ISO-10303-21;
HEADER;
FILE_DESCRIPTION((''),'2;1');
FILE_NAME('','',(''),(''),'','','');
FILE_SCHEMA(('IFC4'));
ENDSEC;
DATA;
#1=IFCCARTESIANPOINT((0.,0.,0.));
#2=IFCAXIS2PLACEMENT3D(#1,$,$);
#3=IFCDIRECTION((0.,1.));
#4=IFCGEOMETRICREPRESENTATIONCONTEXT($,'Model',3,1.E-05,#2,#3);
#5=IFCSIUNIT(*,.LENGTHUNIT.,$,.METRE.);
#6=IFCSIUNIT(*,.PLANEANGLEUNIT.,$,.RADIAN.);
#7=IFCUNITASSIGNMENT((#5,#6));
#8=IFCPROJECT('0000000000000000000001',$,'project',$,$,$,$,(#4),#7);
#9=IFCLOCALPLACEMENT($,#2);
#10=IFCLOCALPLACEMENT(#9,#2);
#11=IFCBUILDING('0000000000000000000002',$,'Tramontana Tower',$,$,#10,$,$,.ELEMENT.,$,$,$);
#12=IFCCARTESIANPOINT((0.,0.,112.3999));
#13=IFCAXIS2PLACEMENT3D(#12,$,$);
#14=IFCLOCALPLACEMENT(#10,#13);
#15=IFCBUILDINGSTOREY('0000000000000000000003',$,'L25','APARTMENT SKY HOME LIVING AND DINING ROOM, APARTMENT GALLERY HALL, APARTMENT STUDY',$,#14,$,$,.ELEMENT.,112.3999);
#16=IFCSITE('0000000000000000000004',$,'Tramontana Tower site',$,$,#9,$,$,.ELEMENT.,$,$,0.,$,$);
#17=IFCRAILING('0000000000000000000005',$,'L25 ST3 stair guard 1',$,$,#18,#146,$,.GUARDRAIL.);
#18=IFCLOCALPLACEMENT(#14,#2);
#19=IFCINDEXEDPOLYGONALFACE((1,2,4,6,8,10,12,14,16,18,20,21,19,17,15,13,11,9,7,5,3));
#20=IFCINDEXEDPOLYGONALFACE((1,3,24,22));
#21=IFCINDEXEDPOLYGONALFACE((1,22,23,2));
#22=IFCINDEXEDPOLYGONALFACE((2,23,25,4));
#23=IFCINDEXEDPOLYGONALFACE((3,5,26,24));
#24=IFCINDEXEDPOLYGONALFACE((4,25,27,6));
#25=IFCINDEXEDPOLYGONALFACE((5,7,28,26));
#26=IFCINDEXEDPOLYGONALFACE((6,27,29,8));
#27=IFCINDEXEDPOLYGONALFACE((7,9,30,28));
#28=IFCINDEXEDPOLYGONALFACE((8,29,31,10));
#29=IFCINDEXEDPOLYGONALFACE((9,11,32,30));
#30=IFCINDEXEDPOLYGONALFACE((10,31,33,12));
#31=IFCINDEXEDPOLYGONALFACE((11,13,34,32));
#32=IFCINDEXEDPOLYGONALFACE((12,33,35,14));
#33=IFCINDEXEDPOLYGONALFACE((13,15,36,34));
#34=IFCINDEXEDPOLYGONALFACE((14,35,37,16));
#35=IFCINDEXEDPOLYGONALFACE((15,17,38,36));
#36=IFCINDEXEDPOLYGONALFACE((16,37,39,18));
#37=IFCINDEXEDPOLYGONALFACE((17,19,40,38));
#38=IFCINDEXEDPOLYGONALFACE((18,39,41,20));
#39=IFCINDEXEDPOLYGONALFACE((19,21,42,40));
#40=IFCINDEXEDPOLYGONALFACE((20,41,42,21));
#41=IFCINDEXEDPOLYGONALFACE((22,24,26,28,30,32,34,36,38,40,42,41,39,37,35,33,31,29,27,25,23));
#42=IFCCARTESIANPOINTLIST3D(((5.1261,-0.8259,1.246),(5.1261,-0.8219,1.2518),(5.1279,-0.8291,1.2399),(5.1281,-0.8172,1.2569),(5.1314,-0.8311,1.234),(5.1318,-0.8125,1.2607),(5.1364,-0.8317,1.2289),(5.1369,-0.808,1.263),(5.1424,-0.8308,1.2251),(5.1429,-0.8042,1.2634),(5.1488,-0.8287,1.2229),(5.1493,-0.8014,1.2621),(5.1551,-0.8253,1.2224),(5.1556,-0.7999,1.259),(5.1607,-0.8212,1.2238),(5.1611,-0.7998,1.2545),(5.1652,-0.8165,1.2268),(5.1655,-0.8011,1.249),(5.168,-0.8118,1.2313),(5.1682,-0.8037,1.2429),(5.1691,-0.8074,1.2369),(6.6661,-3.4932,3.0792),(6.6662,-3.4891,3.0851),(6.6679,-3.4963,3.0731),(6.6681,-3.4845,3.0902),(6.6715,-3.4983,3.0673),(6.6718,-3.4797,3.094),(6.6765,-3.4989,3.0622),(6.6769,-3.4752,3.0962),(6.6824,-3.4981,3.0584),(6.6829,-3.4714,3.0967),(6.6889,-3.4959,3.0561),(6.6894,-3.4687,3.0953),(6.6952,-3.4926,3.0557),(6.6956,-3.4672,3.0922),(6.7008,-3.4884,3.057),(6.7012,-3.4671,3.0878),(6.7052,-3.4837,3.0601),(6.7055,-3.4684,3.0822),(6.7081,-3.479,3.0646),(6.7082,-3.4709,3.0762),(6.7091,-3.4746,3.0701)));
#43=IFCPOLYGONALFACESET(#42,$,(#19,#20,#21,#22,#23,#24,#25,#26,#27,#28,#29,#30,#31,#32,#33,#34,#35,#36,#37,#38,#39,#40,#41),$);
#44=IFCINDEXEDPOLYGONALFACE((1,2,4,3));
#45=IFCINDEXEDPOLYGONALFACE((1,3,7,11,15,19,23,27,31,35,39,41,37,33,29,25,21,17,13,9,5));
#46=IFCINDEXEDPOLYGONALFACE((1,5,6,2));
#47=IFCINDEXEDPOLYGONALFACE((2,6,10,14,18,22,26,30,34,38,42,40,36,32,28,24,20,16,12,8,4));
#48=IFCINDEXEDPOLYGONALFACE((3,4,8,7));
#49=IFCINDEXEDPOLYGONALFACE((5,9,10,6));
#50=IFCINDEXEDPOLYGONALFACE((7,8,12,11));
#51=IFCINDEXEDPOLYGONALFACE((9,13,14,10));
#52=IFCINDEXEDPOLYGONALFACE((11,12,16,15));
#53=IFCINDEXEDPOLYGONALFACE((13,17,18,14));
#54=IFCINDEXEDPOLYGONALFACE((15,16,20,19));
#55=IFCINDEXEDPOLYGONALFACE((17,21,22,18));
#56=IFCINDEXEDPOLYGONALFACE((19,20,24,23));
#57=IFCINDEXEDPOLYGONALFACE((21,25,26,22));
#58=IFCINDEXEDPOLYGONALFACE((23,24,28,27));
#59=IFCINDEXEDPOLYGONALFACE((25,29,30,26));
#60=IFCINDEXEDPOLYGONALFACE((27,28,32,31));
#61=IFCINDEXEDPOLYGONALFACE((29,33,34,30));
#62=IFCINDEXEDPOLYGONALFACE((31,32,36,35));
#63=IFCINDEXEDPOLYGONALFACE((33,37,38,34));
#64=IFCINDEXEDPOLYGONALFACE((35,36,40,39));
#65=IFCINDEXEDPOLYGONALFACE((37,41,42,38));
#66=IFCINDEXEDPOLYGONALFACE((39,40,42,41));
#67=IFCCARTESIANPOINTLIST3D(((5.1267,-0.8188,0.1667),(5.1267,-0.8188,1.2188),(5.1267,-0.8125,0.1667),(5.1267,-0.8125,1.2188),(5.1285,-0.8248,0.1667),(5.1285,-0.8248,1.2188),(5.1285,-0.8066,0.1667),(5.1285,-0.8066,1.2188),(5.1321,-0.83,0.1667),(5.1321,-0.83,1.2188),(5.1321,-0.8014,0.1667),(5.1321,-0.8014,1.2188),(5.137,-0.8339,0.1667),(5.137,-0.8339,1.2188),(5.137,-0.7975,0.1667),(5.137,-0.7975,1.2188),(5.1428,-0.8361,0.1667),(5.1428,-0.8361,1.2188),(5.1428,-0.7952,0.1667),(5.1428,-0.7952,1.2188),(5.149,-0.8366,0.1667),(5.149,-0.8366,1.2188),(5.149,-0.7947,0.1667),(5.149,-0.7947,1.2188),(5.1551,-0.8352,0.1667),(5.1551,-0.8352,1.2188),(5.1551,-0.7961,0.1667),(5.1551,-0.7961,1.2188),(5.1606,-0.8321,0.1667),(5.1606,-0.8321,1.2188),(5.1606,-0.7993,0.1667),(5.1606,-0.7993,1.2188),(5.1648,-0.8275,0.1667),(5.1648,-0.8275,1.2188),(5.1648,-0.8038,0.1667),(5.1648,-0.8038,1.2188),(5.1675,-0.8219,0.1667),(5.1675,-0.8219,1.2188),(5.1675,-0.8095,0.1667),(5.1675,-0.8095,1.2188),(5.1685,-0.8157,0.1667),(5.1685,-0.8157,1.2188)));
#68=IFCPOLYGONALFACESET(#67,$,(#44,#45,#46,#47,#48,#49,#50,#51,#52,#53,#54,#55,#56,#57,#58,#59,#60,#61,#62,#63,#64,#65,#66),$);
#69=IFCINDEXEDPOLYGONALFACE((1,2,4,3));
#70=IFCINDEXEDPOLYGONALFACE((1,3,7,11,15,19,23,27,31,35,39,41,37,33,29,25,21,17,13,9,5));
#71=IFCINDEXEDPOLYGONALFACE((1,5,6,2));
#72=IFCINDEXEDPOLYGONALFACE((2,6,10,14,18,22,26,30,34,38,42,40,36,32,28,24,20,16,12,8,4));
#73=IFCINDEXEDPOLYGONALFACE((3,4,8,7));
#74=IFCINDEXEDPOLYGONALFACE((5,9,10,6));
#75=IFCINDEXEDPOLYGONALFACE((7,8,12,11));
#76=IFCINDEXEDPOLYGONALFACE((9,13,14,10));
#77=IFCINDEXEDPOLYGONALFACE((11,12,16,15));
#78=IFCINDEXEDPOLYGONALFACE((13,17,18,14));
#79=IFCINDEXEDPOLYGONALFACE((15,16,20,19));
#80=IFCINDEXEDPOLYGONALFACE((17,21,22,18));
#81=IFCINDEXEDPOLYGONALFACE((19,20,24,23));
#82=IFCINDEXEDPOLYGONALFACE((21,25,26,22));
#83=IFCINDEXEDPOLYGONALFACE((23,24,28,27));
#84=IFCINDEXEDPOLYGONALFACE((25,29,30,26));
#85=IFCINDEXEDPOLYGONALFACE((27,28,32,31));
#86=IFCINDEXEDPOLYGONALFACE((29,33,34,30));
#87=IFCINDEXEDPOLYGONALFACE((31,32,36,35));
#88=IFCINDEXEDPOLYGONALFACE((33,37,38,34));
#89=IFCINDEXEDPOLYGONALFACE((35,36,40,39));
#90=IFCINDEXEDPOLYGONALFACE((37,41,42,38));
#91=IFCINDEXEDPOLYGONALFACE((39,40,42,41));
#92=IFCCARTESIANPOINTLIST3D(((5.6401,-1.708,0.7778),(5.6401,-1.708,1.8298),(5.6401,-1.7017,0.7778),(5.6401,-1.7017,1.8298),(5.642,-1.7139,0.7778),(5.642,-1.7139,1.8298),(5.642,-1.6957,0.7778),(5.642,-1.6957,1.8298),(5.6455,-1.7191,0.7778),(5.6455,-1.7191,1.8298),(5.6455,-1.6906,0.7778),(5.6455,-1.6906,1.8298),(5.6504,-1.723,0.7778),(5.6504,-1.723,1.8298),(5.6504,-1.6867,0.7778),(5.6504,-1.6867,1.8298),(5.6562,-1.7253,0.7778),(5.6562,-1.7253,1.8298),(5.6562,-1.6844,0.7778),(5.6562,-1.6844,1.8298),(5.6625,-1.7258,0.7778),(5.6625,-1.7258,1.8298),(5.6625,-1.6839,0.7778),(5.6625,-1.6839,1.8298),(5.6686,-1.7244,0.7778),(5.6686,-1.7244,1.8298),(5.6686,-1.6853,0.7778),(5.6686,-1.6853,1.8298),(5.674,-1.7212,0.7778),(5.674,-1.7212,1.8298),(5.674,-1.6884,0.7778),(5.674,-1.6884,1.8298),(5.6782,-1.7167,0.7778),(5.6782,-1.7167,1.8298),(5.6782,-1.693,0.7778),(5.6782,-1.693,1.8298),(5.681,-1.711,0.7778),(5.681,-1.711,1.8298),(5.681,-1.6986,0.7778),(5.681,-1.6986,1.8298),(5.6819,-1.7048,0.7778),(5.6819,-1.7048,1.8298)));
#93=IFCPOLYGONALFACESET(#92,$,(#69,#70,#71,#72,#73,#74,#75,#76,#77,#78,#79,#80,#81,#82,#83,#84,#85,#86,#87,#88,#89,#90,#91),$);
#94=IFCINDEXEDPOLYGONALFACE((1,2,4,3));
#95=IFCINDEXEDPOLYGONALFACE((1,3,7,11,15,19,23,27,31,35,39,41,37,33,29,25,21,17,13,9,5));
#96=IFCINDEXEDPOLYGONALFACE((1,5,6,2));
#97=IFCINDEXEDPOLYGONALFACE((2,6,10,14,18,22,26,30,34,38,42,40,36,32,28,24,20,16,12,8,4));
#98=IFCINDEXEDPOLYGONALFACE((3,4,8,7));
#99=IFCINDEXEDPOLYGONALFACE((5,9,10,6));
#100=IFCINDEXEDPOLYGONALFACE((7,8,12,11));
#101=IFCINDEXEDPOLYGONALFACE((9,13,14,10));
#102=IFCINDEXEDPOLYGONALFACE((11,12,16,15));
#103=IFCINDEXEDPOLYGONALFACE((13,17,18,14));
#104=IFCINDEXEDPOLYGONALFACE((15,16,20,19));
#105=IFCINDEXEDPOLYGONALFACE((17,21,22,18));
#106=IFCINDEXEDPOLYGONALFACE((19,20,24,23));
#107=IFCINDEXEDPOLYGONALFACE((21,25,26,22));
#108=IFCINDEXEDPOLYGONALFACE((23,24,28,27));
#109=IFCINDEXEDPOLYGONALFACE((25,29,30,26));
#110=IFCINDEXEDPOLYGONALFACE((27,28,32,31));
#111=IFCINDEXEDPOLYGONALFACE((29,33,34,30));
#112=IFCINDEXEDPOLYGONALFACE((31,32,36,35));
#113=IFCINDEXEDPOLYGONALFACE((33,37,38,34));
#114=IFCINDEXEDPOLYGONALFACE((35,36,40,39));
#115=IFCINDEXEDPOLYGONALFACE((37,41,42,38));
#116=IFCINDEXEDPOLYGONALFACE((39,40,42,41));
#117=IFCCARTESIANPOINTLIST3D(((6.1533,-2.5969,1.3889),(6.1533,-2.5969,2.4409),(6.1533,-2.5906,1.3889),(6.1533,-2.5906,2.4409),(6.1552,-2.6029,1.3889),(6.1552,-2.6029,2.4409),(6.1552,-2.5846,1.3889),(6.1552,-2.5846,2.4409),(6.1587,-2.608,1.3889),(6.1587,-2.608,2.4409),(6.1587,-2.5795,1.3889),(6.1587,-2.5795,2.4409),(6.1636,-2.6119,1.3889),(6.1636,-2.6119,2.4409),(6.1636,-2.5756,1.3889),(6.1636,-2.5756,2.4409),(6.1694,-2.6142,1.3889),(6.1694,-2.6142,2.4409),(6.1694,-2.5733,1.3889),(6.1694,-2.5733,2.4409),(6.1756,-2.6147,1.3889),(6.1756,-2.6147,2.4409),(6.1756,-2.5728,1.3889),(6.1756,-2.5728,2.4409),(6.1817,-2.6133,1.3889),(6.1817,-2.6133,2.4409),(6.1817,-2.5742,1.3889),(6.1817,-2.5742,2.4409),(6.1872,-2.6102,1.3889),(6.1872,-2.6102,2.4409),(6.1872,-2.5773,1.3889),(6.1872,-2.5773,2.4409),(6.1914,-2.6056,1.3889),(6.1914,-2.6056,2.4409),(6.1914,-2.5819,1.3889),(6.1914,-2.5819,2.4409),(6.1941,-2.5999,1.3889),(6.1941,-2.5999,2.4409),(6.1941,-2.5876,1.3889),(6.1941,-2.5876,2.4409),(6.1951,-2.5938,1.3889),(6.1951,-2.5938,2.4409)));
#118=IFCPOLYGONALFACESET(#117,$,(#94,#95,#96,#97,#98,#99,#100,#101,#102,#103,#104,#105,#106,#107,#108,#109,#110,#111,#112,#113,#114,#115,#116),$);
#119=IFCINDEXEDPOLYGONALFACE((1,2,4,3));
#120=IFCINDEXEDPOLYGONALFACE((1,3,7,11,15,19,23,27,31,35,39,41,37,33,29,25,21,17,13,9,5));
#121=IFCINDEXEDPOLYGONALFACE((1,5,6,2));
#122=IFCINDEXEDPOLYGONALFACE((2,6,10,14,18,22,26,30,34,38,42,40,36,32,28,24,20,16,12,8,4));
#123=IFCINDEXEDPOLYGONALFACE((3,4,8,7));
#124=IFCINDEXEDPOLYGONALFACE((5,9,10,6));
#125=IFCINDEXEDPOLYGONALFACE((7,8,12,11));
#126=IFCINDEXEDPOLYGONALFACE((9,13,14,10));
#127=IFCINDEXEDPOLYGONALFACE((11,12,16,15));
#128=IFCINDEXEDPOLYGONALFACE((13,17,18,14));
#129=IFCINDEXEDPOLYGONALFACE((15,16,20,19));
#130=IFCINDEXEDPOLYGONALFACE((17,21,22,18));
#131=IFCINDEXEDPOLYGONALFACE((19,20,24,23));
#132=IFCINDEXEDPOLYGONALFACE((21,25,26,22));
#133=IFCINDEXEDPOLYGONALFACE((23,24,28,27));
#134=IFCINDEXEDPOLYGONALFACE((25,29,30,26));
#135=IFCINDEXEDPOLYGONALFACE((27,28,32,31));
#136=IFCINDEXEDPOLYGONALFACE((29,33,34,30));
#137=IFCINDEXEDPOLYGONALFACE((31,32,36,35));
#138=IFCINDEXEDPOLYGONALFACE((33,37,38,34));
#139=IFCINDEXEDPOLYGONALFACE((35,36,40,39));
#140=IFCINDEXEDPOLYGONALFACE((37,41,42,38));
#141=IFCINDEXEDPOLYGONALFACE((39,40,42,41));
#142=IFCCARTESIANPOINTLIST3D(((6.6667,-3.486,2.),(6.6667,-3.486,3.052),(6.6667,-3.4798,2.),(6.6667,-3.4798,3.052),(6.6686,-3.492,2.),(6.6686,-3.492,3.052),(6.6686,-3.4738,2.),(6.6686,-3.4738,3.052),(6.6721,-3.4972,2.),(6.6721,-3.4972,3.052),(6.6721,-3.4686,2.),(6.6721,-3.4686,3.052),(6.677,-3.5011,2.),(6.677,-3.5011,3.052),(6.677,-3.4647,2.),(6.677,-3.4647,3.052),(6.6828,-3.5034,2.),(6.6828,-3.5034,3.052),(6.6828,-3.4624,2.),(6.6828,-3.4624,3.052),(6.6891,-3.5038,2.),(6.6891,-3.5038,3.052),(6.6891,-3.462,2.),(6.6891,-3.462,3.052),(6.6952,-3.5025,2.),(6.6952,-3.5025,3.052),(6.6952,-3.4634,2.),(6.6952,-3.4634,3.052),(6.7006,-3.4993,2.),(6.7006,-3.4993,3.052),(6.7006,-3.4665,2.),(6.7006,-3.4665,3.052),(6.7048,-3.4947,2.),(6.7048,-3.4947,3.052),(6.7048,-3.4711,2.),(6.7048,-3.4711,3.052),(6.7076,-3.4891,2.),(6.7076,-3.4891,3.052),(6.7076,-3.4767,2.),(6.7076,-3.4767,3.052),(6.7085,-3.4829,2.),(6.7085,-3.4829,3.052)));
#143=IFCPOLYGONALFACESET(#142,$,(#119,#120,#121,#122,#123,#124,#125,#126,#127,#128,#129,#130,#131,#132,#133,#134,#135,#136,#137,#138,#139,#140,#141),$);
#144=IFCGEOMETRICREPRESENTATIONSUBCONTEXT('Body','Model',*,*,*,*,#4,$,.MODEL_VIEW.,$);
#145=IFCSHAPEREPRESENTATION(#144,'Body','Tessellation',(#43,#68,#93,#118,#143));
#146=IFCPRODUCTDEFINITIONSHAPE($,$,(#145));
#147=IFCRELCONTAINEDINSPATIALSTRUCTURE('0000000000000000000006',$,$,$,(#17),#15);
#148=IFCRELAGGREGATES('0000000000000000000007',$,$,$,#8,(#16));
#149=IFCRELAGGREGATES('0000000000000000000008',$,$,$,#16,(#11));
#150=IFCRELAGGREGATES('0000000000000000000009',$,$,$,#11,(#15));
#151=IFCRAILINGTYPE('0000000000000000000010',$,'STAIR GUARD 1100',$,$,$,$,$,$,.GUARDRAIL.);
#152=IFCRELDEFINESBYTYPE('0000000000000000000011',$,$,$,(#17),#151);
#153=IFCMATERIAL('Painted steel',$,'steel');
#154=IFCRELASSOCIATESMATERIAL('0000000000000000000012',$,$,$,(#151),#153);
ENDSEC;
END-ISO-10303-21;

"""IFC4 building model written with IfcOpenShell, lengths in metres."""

from ifc_helpers import new_model, si_unit, direction, frame, origin, origin_2d, place, context, subcontext, project, spatial, circle, extrude, material, type_object, element, save


model = new_model("IFC4")

# Units and contexts
model_context = context("Model", 3, precision=1e-05, world=origin(), true_north=direction((0.0, 1.0)))
body_context = subcontext(model_context, "Body", "Model", "MODEL_VIEW")
ifc_project = project(units=[si_unit("LENGTHUNIT", "METRE"), si_unit("PLANEANGLEUNIT", "RADIAN")], contexts=[model_context])

# Site, building, storey
site_placement = place(None, origin())
site = spatial("IfcSite", under=ifc_project, at=site_placement, Name="Tramontana Tower site", CompositionType="ELEMENT", RefElevation=0.0)
building_placement = place(site_placement, origin())
building = spatial("IfcBuilding", under=site, at=building_placement, Name="Tramontana Tower", CompositionType="ELEMENT")
storey_placement = place(building_placement, frame((0.0, 0.0, 112.3999)))
storey = spatial("IfcBuildingStorey", under=building, at=storey_placement, Name="L25", Description="APARTMENT SKY HOME LIVING AND DINING ROOM, APARTMENT GALLERY HALL, APARTMENT STUDY", CompositionType="ELEMENT", Elevation=112.3999)

# Railing
ifc_material_1 = material(Name="Painted steel", Category="steel")
railing_type_1 = type_object("IfcRailingType", Name="STAIR GUARD 1100", PredefinedType="GUARDRAIL", material=ifc_material_1)
railing_1_placement = place(storey_placement, frame((5.1475, -0.8157, 0.1667)))
element("IfcRailing", 1, at=railing_1_placement, inside=storey, type_object=railing_type_1, Name="L25 ST3 stair guard 1", PredefinedType="GUARDRAIL", context=body_context, shape_type="SweptSolid", body=[
    extrude(circle(Radius=0.0239, at=origin_2d()), frame((0.0, 0.0, 1.0762), z_axis=(0.429671, -0.744159, 0.511478), x_axis=(0.86601, 0.500027, 0.0)), (0.0, 0.0, 1.0), 3.5842),
    extrude(circle(Radius=0.021, at=origin_2d()), origin(), (0.0, 0.0, 1.0), 1.052),
    extrude(circle(Radius=0.021, at=origin_2d()), frame((0.5134, -0.8892, 0.6111)), (0.0, 0.0, 1.0), 1.052),
    extrude(circle(Radius=0.021, at=origin_2d()), frame((1.0266, -1.7781, 1.2222)), (0.0, 0.0, 1.0), 1.052),
    extrude(circle(Radius=0.021, at=origin_2d()), frame((1.54, -2.6672, 1.8333)), (0.0, 0.0, 1.0), 1.052),
])

save(model, "model.ifc")
